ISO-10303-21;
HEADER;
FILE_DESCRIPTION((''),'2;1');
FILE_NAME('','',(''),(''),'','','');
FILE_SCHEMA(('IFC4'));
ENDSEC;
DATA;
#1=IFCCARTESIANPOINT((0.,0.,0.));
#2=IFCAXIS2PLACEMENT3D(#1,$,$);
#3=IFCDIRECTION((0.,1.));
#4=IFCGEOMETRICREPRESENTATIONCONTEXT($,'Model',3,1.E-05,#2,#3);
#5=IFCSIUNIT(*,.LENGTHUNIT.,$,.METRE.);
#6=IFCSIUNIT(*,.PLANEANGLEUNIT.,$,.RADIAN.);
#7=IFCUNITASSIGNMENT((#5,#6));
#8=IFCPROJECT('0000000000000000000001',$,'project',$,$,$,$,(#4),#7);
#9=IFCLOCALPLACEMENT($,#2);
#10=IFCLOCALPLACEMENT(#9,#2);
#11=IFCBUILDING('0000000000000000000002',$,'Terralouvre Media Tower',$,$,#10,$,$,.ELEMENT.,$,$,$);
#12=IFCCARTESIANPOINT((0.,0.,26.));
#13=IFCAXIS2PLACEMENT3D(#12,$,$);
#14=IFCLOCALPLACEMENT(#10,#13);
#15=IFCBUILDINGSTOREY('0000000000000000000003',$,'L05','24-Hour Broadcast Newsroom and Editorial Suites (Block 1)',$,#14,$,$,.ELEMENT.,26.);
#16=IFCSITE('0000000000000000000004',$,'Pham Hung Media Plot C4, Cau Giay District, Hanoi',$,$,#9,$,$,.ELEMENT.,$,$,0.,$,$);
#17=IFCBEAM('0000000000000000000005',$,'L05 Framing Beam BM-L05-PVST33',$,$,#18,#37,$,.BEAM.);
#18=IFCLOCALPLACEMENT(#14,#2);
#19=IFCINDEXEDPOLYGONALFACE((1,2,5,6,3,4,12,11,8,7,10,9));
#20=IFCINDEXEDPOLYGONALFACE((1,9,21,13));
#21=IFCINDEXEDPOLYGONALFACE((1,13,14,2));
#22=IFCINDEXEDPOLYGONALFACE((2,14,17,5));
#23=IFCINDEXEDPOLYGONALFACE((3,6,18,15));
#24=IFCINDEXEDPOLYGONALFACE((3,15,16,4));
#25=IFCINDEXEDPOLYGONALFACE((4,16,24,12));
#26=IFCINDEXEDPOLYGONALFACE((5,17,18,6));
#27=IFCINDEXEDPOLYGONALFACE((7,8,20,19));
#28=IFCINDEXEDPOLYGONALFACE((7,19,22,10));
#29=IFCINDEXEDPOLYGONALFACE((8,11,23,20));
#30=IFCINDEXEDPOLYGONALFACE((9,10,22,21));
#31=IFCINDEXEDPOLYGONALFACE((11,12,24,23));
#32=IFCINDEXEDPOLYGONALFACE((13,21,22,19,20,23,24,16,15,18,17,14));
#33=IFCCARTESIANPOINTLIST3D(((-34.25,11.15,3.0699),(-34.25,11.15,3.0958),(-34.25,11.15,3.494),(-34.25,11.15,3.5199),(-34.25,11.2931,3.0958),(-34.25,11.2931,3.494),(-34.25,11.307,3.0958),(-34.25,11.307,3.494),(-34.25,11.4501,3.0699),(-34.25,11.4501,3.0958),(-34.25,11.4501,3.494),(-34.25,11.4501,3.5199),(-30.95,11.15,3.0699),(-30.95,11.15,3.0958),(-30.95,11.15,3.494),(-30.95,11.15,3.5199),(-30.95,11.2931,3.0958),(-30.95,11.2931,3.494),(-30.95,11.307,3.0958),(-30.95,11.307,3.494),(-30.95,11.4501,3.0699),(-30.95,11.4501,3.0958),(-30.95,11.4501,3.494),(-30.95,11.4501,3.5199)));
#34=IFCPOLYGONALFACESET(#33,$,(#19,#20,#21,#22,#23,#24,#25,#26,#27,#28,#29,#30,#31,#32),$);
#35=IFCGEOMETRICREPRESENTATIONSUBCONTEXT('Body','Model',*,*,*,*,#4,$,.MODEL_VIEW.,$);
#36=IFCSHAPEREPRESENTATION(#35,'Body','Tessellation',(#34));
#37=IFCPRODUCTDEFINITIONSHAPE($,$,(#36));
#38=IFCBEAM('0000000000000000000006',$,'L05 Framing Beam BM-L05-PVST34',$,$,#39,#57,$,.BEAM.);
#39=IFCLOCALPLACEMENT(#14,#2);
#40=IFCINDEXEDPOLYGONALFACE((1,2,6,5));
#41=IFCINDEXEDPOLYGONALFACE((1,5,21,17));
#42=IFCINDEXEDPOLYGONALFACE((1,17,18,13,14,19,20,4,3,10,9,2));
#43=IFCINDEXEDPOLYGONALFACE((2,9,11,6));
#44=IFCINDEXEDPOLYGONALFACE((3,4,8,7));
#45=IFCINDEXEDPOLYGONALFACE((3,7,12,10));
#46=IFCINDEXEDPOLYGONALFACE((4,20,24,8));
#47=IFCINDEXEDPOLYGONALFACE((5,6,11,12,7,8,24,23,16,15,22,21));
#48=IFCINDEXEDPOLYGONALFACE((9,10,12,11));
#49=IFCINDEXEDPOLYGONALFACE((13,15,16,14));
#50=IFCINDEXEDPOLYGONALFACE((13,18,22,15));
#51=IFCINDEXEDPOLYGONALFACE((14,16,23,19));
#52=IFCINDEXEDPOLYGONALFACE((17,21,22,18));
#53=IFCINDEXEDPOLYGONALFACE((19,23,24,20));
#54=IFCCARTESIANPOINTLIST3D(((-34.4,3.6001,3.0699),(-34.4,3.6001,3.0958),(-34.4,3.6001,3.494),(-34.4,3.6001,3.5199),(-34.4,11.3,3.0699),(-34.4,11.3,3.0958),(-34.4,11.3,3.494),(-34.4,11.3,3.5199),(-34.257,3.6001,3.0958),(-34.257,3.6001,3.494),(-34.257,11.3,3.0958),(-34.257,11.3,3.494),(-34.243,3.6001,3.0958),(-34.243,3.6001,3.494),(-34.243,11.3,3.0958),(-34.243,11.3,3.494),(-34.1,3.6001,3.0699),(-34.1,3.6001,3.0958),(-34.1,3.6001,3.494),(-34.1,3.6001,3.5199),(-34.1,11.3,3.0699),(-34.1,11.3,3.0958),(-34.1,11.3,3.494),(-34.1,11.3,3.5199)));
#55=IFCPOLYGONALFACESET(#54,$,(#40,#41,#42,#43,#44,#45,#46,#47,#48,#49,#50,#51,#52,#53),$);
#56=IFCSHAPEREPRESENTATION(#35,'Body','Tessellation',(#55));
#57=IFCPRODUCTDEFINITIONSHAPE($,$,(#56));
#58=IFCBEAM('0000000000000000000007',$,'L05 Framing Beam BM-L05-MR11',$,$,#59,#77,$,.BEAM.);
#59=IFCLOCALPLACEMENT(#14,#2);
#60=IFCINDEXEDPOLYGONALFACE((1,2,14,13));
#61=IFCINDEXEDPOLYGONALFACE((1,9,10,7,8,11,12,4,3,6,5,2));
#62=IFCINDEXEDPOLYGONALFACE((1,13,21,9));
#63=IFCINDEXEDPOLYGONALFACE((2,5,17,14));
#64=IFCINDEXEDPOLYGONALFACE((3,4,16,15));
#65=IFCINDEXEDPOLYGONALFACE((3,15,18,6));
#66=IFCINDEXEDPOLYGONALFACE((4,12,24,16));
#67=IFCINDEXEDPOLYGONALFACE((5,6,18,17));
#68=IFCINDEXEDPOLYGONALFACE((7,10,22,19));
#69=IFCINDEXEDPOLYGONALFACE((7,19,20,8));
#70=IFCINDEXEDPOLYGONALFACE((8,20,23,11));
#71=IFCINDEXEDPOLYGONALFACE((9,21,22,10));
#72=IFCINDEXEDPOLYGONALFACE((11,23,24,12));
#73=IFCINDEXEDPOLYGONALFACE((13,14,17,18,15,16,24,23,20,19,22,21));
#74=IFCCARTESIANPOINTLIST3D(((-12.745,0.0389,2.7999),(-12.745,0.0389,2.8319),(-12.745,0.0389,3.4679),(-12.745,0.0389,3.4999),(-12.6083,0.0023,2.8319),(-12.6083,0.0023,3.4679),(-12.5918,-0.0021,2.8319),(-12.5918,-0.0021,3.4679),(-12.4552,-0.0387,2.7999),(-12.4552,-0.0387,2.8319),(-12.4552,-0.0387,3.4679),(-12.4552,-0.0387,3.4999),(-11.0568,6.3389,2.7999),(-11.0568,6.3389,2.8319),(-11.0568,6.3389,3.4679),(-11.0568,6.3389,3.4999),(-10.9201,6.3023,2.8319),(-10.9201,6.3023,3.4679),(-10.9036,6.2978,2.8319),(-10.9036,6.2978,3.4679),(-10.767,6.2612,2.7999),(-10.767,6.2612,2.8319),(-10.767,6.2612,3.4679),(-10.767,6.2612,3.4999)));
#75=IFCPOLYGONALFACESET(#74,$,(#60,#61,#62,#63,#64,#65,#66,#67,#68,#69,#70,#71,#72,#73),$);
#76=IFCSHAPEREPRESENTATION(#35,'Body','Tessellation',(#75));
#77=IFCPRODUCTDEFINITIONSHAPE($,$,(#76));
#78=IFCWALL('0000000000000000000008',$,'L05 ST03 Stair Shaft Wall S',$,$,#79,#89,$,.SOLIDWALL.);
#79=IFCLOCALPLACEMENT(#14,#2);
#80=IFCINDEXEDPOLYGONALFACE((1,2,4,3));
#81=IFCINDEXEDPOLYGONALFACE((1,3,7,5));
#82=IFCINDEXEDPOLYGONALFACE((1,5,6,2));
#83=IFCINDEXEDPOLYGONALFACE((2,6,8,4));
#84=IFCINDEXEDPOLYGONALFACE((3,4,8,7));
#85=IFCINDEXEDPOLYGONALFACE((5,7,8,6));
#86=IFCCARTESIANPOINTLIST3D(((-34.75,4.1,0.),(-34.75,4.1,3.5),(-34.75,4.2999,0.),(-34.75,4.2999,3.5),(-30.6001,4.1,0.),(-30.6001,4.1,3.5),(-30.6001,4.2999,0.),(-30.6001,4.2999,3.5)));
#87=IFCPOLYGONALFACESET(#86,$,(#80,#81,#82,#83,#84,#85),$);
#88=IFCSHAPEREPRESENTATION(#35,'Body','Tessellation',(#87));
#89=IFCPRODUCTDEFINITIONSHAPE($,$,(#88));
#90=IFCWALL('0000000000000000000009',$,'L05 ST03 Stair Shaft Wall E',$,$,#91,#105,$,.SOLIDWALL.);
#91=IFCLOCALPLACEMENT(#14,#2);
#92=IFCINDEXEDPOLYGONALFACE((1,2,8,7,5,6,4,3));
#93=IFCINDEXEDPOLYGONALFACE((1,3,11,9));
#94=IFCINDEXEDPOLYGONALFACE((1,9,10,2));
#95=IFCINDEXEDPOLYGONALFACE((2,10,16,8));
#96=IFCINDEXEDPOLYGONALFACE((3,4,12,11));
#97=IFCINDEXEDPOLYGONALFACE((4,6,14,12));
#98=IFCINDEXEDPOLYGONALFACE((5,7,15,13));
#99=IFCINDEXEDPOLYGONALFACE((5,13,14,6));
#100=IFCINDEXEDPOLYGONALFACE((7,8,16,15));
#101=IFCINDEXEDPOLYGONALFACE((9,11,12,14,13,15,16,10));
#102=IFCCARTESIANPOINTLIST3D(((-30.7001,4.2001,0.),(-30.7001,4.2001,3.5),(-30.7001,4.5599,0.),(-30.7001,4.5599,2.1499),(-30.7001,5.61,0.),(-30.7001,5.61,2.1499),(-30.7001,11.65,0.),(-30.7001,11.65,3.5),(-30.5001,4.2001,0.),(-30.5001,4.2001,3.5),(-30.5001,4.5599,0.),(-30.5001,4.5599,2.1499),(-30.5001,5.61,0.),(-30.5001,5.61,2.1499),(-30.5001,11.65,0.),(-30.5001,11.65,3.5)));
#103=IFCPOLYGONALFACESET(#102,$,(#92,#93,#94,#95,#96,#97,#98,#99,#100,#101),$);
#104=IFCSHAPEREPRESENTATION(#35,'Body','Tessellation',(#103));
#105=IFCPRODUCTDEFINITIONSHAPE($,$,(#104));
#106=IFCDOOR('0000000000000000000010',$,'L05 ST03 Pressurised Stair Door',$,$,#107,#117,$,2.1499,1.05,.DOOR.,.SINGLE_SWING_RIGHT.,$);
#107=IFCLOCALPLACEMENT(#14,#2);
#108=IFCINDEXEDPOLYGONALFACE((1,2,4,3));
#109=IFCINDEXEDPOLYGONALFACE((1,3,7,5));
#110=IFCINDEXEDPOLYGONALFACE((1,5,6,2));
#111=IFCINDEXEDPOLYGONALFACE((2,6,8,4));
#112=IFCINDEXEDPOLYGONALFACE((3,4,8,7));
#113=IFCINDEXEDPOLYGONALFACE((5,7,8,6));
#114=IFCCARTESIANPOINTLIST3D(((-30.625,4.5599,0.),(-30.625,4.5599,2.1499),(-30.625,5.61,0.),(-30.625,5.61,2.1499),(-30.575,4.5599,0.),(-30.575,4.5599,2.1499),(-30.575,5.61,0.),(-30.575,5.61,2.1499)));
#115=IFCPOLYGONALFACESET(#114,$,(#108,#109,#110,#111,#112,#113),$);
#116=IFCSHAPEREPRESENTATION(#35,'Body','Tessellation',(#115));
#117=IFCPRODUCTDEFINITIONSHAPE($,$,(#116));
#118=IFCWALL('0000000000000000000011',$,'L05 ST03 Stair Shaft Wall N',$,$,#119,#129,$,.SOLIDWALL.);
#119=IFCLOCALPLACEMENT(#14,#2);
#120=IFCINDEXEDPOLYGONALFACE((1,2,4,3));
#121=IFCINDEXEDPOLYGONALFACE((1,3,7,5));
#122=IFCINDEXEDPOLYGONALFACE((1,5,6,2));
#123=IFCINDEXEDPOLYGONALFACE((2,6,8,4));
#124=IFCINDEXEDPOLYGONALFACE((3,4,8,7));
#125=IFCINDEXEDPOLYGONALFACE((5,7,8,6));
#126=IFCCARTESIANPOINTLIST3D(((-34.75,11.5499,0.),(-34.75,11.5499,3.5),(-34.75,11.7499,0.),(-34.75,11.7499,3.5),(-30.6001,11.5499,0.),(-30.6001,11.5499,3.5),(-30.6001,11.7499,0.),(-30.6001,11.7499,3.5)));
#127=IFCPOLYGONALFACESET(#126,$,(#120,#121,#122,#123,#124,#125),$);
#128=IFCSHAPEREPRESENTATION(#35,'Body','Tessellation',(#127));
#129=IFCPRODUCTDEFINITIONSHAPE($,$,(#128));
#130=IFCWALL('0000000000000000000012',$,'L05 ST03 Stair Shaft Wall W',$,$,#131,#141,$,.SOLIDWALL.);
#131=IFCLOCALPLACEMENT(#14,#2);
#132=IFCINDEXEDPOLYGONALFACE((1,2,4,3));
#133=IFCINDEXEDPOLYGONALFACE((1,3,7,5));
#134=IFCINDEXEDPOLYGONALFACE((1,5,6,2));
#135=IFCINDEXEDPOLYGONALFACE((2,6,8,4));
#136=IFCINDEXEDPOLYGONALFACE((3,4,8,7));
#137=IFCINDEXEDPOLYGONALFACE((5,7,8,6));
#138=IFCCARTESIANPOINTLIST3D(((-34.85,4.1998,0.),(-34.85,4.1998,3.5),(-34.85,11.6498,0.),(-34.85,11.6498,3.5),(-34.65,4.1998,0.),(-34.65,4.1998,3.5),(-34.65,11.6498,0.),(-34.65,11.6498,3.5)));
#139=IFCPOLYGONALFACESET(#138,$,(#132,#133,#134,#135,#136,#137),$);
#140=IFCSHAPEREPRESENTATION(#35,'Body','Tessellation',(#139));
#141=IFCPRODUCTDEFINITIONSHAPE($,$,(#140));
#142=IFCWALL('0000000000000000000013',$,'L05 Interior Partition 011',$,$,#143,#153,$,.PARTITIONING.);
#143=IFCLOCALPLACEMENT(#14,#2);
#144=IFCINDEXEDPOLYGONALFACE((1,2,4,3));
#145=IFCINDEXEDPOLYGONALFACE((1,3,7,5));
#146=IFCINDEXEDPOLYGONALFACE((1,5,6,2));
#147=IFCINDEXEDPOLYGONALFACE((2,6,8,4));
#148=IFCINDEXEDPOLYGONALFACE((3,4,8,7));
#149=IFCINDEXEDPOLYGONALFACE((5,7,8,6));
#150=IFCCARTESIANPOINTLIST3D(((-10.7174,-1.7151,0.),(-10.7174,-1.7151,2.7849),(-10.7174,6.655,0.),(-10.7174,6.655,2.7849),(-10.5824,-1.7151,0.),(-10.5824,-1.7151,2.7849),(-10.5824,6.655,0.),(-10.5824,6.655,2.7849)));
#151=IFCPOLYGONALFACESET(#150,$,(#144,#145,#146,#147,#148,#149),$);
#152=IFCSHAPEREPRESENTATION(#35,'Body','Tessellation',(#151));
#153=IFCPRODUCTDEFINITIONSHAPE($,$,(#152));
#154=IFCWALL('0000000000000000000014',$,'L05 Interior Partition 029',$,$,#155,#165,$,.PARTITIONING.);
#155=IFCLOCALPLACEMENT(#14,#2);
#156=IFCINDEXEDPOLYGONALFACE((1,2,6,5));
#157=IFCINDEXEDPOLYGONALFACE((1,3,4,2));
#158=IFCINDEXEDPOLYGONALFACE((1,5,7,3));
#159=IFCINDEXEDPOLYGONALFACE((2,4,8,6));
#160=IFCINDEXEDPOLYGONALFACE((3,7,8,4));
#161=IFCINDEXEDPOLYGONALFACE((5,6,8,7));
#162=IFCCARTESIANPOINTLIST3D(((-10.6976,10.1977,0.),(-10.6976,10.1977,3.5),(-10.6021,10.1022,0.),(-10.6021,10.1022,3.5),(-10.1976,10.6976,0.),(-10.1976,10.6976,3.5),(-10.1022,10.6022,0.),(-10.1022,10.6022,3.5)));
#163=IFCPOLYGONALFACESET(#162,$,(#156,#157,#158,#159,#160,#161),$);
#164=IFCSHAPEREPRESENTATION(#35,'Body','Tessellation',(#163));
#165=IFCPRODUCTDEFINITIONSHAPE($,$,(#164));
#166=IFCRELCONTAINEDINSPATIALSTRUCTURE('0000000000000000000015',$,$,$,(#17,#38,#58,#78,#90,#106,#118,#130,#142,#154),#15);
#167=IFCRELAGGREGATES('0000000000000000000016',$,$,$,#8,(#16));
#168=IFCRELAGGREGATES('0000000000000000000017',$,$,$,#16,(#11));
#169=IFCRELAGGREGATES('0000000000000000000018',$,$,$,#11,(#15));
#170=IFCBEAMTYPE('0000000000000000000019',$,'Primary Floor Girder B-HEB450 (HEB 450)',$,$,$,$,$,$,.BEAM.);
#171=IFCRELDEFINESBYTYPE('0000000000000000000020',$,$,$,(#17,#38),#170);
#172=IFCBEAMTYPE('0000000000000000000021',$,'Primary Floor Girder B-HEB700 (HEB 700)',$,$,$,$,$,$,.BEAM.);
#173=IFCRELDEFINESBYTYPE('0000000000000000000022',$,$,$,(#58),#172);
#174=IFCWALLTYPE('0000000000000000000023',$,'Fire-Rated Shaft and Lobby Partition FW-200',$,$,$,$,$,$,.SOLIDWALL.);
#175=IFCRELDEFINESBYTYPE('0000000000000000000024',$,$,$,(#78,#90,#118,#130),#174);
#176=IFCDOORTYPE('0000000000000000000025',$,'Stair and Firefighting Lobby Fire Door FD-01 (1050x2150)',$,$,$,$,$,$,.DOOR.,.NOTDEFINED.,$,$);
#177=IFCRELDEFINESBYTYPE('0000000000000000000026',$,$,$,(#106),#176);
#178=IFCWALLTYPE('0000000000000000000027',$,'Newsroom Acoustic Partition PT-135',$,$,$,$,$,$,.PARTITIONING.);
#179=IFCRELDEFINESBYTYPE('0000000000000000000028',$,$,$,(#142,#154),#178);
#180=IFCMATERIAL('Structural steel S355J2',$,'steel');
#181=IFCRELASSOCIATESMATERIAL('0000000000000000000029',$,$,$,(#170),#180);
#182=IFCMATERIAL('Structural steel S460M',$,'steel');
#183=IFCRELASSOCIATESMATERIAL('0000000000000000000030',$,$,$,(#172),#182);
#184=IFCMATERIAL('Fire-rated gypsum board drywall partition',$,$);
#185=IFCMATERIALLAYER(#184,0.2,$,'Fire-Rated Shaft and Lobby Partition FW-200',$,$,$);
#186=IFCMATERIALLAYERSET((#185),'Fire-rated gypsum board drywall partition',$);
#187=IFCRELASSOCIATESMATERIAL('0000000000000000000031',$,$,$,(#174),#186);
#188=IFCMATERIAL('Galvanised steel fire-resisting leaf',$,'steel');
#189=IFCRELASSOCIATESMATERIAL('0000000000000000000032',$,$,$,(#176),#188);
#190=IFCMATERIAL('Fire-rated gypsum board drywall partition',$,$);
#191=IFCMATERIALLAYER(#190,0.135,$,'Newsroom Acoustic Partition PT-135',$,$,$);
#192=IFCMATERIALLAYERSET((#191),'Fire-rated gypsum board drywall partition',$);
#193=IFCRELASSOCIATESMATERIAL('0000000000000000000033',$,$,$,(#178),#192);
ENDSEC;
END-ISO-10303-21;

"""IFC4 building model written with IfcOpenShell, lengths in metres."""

from ifc_helpers import new_model, si_unit, direction, frame, frame_2d, origin, origin_2d, place, context, subcontext, project, spatial, rectangle, i_section, extrude, material, layer, layer_set, material_profile, profile_set, type_object, element, fill, save


model = new_model("IFC4")

# Units and contexts
model_context = context("Model", 3, precision=1e-05, world=origin(), true_north=direction((0.0, 1.0)))
body_context = subcontext(model_context, "Body", "Model", "MODEL_VIEW")
ifc_project = project(units=[si_unit("LENGTHUNIT", "METRE"), si_unit("PLANEANGLEUNIT", "RADIAN")], contexts=[model_context])

# Site, building, storey
site_placement = place(None, origin())
site = spatial("IfcSite", under=ifc_project, at=site_placement, Name="Pham Hung Media Plot C4, Cau Giay District, Hanoi", CompositionType="ELEMENT", RefElevation=0.0)
building_placement = place(site_placement, origin())
building = spatial("IfcBuilding", under=site, at=building_placement, Name="Terralouvre Media Tower", CompositionType="ELEMENT")
storey_placement = place(building_placement, frame((0.0, 0.0, 26.0)))
storey = spatial("IfcBuildingStorey", under=building, at=storey_placement, Name="L05", Description="24-Hour Broadcast Newsroom and Editorial Suites (Block 1)", CompositionType="ELEMENT", Elevation=26.0)

# Beams
ifc_material_1 = material(Name="Structural steel S355J2", Category="steel")
ifc_material_profile_1 = material_profile(ifc_material_1, i_section(OverallWidth=0.3, OverallDepth=0.45, WebThickness=0.0139, FlangeThickness=0.0259, at=origin_2d()), Name="HEB 450")
ifc_profile_set_1 = profile_set([ifc_material_profile_1], Name="Structural steel S355J2")
beam_type_1 = type_object("IfcBeamType", Name="Primary Floor Girder B-HEB450 (HEB 450)", PredefinedType="BEAM", material=ifc_profile_set_1)
beam_1_placement = place(storey_placement, frame((-30.95, 11.3, 3.2949), z_axis=(-1.0, 0.0, 0.0), x_axis=(0.0, -1.0, 0.0)))
element("IfcBeam", 1, at=beam_1_placement, inside=storey, type_object=beam_type_1, Name="L05 Framing Beam BM-L05-PVST33", PredefinedType="BEAM", context=body_context, shape_type="SweptSolid", body=[
    extrude(i_section(OverallWidth=0.3, OverallDepth=0.45, WebThickness=0.0139, FlangeThickness=0.0259, at=origin_2d()), origin(), (0.0, 0.0, 1.0), 3.3),
])
beam_2_placement = place(storey_placement, frame((-34.25, 11.3, 3.2949), z_axis=(0.0, -1.0, 0.0), x_axis=(1.0, 0.0, 0.0)))
element("IfcBeam", 2, at=beam_2_placement, inside=storey, type_object=beam_type_1, Name="L05 Framing Beam BM-L05-PVST34", PredefinedType="BEAM", context=body_context, shape_type="SweptSolid", body=[
    extrude(i_section(OverallWidth=0.3, OverallDepth=0.45, WebThickness=0.0139, FlangeThickness=0.0259, at=origin_2d()), origin(), (0.0, 0.0, 1.0), 7.7),
])
ifc_material_2 = material(Name="Structural steel S460M", Category="steel")
ifc_material_profile_2 = material_profile(ifc_material_2, i_section(OverallWidth=0.3, OverallDepth=0.7, WebThickness=0.0171, FlangeThickness=0.032, at=origin_2d()), Name="HEB 700")
ifc_profile_set_2 = profile_set([ifc_material_profile_2], Name="Structural steel S460M")
beam_type_2 = type_object("IfcBeamType", Name="Primary Floor Girder B-HEB700 (HEB 700)", PredefinedType="BEAM", material=ifc_profile_set_2)
beam_3_placement = place(storey_placement, frame((-10.9119, 6.3, 3.1499), z_axis=(-0.258839, -0.96592, 0.0), x_axis=(0.96592, -0.258839, 0.0)))
element("IfcBeam", 3, at=beam_3_placement, inside=storey, type_object=beam_type_2, Name="L05 Framing Beam BM-L05-MR11", PredefinedType="BEAM", context=body_context, shape_type="SweptSolid", body=[
    extrude(i_section(OverallWidth=0.3, OverallDepth=0.7, WebThickness=0.0171, FlangeThickness=0.032, at=origin_2d()), origin(), (0.0, 0.0, 1.0), 6.5222),
])

# Wall
ifc_material_3 = material(Name="Fire-rated gypsum board drywall partition")
ifc_layer_1 = layer(ifc_material_3, 0.2, Name="Fire-Rated Shaft and Lobby Partition FW-200")
ifc_layer_set_1 = layer_set([ifc_layer_1], Name="Fire-rated gypsum board drywall partition")
wall_type_1 = type_object("IfcWallType", Name="Fire-Rated Shaft and Lobby Partition FW-200", PredefinedType="SOLIDWALL", material=ifc_layer_set_1)
wall_1_placement = place(storey_placement, frame((-34.75, 4.2, 0.0), z_axis=(0.0, 0.0, 1.0), x_axis=(1.0, 0.0, 0.0)))
element("IfcWall", 4, at=wall_1_placement, inside=storey, type_object=wall_type_1, Name="L05 ST03 Stair Shaft Wall S", PredefinedType="SOLIDWALL", context=body_context, shape_type="SweptSolid", body=[
    extrude(rectangle(XDim=4.1499, YDim=0.2, at=frame_2d((2.075, 0.0))), origin(), (0.0, 0.0, 1.0), 3.5),
])

# Wall, opening, door
wall_2_placement = place(storey_placement, frame((-30.6001, 4.2, 0.0), z_axis=(0.0, 0.0, 1.0), x_axis=(0.0, 1.0, 0.0)))
wall_2 = element("IfcWall", 5, at=wall_2_placement, inside=storey, type_object=wall_type_1, Name="L05 ST03 Stair Shaft Wall E", PredefinedType="SOLIDWALL", context=body_context, shape_type="SweptSolid", body=[
    extrude(rectangle(XDim=7.45, YDim=0.2, at=frame_2d((3.7251, 0.0))), origin(), (0.0, 0.0, 1.0), 3.5),
])
opening_1_placement = place(wall_2_placement, frame((0.3601, 0.0, 0.0)))
opening_1 = element("IfcOpeningElement", 6, at=opening_1_placement, cuts=wall_2, PredefinedType="OPENING", context=body_context, shape_type="SweptSolid", body=[
    extrude(rectangle(XDim=1.05, YDim=2.1499, at=frame_2d((0.5249, 1.075))), frame((0.0, 0.1099, 0.0), z_axis=(0.0, -1.0, 0.0), x_axis=(1.0, 0.0, 0.0)), (0.0, 0.0, 1.0), 0.22),
])
ifc_material_4 = material(Name="Galvanised steel fire-resisting leaf", Category="steel")
door_type_1 = type_object("IfcDoorType", Name="Stair and Firefighting Lobby Fire Door FD-01 (1050x2150)", OperationType="NOTDEFINED", PredefinedType="DOOR", material=ifc_material_4)
door_1_placement = place(opening_1_placement, origin())
door_1 = element("IfcDoor", 7, at=door_1_placement, inside=storey, type_object=door_type_1, Name="L05 ST03 Pressurised Stair Door", OperationType="SINGLE_SWING_RIGHT", OverallHeight=2.1499, OverallWidth=1.05, PredefinedType="DOOR", context=body_context, shape_type="SweptSolid", body=[
    extrude(rectangle(XDim=1.05, YDim=2.1499, at=frame_2d((0.5249, 1.075))), frame((0.0, 0.0249, 0.0), z_axis=(0.0, -1.0, 0.0), x_axis=(1.0, 0.0, 0.0)), (0.0, 0.0, 1.0), 0.05),
])
fill(opening_1, door_1)

# Walls
wall_3_placement = place(storey_placement, frame((-30.6001, 11.6499, 0.0), z_axis=(0.0, 0.0, 1.0), x_axis=(-1.0, 0.0, 0.0)))
element("IfcWall", 8, at=wall_3_placement, inside=storey, type_object=wall_type_1, Name="L05 ST03 Stair Shaft Wall N", PredefinedType="SOLIDWALL", context=body_context, shape_type="SweptSolid", body=[
    extrude(rectangle(XDim=4.1499, YDim=0.2, at=frame_2d((2.075, 0.0))), origin(), (0.0, 0.0, 1.0), 3.5),
])
wall_4_placement = place(storey_placement, frame((-34.75, 11.6499, 0.0), z_axis=(0.0, 0.0, 1.0), x_axis=(0.0, -1.0, 0.0)))
element("IfcWall", 9, at=wall_4_placement, inside=storey, type_object=wall_type_1, Name="L05 ST03 Stair Shaft Wall W", PredefinedType="SOLIDWALL", context=body_context, shape_type="SweptSolid", body=[
    extrude(rectangle(XDim=7.45, YDim=0.2, at=frame_2d((3.7251, 0.0))), origin(), (0.0, 0.0, 1.0), 3.5),
])
ifc_material_5 = material(Name="Fire-rated gypsum board drywall partition")
ifc_layer_2 = layer(ifc_material_5, 0.135, Name="Newsroom Acoustic Partition PT-135")
ifc_layer_set_2 = layer_set([ifc_layer_2], Name="Fire-rated gypsum board drywall partition")
wall_type_2 = type_object("IfcWallType", Name="Newsroom Acoustic Partition PT-135", PredefinedType="PARTITIONING", material=ifc_layer_set_2)
wall_5_placement = place(storey_placement, frame((-10.6499, 6.655, 0.0), z_axis=(0.0, 0.0, 1.0), x_axis=(0.0, -1.0, 0.0)))
element("IfcWall", 10, at=wall_5_placement, inside=storey, type_object=wall_type_2, Name="L05 Interior Partition 011", PredefinedType="PARTITIONING", context=body_context, shape_type="SweptSolid", body=[
    extrude(rectangle(XDim=8.3701, YDim=0.135, at=frame_2d((4.1851, 0.0))), origin(), (0.0, 0.0, 1.0), 2.7849),
])
wall_6_placement = place(storey_placement, frame((-10.1499, 10.6499, 0.0), z_axis=(0.0, 0.0, 1.0), x_axis=(-0.707107, -0.707107, 0.0)))
element("IfcWall", 11, at=wall_6_placement, inside=storey, type_object=wall_type_2, Name="L05 Interior Partition 029", PredefinedType="PARTITIONING", context=body_context, shape_type="SweptSolid", body=[
    extrude(rectangle(XDim=0.707, YDim=0.135, at=frame_2d((0.3535, 0.0))), origin(), (0.0, 0.0, 1.0), 3.5),
])

save(model, "model.ifc")
